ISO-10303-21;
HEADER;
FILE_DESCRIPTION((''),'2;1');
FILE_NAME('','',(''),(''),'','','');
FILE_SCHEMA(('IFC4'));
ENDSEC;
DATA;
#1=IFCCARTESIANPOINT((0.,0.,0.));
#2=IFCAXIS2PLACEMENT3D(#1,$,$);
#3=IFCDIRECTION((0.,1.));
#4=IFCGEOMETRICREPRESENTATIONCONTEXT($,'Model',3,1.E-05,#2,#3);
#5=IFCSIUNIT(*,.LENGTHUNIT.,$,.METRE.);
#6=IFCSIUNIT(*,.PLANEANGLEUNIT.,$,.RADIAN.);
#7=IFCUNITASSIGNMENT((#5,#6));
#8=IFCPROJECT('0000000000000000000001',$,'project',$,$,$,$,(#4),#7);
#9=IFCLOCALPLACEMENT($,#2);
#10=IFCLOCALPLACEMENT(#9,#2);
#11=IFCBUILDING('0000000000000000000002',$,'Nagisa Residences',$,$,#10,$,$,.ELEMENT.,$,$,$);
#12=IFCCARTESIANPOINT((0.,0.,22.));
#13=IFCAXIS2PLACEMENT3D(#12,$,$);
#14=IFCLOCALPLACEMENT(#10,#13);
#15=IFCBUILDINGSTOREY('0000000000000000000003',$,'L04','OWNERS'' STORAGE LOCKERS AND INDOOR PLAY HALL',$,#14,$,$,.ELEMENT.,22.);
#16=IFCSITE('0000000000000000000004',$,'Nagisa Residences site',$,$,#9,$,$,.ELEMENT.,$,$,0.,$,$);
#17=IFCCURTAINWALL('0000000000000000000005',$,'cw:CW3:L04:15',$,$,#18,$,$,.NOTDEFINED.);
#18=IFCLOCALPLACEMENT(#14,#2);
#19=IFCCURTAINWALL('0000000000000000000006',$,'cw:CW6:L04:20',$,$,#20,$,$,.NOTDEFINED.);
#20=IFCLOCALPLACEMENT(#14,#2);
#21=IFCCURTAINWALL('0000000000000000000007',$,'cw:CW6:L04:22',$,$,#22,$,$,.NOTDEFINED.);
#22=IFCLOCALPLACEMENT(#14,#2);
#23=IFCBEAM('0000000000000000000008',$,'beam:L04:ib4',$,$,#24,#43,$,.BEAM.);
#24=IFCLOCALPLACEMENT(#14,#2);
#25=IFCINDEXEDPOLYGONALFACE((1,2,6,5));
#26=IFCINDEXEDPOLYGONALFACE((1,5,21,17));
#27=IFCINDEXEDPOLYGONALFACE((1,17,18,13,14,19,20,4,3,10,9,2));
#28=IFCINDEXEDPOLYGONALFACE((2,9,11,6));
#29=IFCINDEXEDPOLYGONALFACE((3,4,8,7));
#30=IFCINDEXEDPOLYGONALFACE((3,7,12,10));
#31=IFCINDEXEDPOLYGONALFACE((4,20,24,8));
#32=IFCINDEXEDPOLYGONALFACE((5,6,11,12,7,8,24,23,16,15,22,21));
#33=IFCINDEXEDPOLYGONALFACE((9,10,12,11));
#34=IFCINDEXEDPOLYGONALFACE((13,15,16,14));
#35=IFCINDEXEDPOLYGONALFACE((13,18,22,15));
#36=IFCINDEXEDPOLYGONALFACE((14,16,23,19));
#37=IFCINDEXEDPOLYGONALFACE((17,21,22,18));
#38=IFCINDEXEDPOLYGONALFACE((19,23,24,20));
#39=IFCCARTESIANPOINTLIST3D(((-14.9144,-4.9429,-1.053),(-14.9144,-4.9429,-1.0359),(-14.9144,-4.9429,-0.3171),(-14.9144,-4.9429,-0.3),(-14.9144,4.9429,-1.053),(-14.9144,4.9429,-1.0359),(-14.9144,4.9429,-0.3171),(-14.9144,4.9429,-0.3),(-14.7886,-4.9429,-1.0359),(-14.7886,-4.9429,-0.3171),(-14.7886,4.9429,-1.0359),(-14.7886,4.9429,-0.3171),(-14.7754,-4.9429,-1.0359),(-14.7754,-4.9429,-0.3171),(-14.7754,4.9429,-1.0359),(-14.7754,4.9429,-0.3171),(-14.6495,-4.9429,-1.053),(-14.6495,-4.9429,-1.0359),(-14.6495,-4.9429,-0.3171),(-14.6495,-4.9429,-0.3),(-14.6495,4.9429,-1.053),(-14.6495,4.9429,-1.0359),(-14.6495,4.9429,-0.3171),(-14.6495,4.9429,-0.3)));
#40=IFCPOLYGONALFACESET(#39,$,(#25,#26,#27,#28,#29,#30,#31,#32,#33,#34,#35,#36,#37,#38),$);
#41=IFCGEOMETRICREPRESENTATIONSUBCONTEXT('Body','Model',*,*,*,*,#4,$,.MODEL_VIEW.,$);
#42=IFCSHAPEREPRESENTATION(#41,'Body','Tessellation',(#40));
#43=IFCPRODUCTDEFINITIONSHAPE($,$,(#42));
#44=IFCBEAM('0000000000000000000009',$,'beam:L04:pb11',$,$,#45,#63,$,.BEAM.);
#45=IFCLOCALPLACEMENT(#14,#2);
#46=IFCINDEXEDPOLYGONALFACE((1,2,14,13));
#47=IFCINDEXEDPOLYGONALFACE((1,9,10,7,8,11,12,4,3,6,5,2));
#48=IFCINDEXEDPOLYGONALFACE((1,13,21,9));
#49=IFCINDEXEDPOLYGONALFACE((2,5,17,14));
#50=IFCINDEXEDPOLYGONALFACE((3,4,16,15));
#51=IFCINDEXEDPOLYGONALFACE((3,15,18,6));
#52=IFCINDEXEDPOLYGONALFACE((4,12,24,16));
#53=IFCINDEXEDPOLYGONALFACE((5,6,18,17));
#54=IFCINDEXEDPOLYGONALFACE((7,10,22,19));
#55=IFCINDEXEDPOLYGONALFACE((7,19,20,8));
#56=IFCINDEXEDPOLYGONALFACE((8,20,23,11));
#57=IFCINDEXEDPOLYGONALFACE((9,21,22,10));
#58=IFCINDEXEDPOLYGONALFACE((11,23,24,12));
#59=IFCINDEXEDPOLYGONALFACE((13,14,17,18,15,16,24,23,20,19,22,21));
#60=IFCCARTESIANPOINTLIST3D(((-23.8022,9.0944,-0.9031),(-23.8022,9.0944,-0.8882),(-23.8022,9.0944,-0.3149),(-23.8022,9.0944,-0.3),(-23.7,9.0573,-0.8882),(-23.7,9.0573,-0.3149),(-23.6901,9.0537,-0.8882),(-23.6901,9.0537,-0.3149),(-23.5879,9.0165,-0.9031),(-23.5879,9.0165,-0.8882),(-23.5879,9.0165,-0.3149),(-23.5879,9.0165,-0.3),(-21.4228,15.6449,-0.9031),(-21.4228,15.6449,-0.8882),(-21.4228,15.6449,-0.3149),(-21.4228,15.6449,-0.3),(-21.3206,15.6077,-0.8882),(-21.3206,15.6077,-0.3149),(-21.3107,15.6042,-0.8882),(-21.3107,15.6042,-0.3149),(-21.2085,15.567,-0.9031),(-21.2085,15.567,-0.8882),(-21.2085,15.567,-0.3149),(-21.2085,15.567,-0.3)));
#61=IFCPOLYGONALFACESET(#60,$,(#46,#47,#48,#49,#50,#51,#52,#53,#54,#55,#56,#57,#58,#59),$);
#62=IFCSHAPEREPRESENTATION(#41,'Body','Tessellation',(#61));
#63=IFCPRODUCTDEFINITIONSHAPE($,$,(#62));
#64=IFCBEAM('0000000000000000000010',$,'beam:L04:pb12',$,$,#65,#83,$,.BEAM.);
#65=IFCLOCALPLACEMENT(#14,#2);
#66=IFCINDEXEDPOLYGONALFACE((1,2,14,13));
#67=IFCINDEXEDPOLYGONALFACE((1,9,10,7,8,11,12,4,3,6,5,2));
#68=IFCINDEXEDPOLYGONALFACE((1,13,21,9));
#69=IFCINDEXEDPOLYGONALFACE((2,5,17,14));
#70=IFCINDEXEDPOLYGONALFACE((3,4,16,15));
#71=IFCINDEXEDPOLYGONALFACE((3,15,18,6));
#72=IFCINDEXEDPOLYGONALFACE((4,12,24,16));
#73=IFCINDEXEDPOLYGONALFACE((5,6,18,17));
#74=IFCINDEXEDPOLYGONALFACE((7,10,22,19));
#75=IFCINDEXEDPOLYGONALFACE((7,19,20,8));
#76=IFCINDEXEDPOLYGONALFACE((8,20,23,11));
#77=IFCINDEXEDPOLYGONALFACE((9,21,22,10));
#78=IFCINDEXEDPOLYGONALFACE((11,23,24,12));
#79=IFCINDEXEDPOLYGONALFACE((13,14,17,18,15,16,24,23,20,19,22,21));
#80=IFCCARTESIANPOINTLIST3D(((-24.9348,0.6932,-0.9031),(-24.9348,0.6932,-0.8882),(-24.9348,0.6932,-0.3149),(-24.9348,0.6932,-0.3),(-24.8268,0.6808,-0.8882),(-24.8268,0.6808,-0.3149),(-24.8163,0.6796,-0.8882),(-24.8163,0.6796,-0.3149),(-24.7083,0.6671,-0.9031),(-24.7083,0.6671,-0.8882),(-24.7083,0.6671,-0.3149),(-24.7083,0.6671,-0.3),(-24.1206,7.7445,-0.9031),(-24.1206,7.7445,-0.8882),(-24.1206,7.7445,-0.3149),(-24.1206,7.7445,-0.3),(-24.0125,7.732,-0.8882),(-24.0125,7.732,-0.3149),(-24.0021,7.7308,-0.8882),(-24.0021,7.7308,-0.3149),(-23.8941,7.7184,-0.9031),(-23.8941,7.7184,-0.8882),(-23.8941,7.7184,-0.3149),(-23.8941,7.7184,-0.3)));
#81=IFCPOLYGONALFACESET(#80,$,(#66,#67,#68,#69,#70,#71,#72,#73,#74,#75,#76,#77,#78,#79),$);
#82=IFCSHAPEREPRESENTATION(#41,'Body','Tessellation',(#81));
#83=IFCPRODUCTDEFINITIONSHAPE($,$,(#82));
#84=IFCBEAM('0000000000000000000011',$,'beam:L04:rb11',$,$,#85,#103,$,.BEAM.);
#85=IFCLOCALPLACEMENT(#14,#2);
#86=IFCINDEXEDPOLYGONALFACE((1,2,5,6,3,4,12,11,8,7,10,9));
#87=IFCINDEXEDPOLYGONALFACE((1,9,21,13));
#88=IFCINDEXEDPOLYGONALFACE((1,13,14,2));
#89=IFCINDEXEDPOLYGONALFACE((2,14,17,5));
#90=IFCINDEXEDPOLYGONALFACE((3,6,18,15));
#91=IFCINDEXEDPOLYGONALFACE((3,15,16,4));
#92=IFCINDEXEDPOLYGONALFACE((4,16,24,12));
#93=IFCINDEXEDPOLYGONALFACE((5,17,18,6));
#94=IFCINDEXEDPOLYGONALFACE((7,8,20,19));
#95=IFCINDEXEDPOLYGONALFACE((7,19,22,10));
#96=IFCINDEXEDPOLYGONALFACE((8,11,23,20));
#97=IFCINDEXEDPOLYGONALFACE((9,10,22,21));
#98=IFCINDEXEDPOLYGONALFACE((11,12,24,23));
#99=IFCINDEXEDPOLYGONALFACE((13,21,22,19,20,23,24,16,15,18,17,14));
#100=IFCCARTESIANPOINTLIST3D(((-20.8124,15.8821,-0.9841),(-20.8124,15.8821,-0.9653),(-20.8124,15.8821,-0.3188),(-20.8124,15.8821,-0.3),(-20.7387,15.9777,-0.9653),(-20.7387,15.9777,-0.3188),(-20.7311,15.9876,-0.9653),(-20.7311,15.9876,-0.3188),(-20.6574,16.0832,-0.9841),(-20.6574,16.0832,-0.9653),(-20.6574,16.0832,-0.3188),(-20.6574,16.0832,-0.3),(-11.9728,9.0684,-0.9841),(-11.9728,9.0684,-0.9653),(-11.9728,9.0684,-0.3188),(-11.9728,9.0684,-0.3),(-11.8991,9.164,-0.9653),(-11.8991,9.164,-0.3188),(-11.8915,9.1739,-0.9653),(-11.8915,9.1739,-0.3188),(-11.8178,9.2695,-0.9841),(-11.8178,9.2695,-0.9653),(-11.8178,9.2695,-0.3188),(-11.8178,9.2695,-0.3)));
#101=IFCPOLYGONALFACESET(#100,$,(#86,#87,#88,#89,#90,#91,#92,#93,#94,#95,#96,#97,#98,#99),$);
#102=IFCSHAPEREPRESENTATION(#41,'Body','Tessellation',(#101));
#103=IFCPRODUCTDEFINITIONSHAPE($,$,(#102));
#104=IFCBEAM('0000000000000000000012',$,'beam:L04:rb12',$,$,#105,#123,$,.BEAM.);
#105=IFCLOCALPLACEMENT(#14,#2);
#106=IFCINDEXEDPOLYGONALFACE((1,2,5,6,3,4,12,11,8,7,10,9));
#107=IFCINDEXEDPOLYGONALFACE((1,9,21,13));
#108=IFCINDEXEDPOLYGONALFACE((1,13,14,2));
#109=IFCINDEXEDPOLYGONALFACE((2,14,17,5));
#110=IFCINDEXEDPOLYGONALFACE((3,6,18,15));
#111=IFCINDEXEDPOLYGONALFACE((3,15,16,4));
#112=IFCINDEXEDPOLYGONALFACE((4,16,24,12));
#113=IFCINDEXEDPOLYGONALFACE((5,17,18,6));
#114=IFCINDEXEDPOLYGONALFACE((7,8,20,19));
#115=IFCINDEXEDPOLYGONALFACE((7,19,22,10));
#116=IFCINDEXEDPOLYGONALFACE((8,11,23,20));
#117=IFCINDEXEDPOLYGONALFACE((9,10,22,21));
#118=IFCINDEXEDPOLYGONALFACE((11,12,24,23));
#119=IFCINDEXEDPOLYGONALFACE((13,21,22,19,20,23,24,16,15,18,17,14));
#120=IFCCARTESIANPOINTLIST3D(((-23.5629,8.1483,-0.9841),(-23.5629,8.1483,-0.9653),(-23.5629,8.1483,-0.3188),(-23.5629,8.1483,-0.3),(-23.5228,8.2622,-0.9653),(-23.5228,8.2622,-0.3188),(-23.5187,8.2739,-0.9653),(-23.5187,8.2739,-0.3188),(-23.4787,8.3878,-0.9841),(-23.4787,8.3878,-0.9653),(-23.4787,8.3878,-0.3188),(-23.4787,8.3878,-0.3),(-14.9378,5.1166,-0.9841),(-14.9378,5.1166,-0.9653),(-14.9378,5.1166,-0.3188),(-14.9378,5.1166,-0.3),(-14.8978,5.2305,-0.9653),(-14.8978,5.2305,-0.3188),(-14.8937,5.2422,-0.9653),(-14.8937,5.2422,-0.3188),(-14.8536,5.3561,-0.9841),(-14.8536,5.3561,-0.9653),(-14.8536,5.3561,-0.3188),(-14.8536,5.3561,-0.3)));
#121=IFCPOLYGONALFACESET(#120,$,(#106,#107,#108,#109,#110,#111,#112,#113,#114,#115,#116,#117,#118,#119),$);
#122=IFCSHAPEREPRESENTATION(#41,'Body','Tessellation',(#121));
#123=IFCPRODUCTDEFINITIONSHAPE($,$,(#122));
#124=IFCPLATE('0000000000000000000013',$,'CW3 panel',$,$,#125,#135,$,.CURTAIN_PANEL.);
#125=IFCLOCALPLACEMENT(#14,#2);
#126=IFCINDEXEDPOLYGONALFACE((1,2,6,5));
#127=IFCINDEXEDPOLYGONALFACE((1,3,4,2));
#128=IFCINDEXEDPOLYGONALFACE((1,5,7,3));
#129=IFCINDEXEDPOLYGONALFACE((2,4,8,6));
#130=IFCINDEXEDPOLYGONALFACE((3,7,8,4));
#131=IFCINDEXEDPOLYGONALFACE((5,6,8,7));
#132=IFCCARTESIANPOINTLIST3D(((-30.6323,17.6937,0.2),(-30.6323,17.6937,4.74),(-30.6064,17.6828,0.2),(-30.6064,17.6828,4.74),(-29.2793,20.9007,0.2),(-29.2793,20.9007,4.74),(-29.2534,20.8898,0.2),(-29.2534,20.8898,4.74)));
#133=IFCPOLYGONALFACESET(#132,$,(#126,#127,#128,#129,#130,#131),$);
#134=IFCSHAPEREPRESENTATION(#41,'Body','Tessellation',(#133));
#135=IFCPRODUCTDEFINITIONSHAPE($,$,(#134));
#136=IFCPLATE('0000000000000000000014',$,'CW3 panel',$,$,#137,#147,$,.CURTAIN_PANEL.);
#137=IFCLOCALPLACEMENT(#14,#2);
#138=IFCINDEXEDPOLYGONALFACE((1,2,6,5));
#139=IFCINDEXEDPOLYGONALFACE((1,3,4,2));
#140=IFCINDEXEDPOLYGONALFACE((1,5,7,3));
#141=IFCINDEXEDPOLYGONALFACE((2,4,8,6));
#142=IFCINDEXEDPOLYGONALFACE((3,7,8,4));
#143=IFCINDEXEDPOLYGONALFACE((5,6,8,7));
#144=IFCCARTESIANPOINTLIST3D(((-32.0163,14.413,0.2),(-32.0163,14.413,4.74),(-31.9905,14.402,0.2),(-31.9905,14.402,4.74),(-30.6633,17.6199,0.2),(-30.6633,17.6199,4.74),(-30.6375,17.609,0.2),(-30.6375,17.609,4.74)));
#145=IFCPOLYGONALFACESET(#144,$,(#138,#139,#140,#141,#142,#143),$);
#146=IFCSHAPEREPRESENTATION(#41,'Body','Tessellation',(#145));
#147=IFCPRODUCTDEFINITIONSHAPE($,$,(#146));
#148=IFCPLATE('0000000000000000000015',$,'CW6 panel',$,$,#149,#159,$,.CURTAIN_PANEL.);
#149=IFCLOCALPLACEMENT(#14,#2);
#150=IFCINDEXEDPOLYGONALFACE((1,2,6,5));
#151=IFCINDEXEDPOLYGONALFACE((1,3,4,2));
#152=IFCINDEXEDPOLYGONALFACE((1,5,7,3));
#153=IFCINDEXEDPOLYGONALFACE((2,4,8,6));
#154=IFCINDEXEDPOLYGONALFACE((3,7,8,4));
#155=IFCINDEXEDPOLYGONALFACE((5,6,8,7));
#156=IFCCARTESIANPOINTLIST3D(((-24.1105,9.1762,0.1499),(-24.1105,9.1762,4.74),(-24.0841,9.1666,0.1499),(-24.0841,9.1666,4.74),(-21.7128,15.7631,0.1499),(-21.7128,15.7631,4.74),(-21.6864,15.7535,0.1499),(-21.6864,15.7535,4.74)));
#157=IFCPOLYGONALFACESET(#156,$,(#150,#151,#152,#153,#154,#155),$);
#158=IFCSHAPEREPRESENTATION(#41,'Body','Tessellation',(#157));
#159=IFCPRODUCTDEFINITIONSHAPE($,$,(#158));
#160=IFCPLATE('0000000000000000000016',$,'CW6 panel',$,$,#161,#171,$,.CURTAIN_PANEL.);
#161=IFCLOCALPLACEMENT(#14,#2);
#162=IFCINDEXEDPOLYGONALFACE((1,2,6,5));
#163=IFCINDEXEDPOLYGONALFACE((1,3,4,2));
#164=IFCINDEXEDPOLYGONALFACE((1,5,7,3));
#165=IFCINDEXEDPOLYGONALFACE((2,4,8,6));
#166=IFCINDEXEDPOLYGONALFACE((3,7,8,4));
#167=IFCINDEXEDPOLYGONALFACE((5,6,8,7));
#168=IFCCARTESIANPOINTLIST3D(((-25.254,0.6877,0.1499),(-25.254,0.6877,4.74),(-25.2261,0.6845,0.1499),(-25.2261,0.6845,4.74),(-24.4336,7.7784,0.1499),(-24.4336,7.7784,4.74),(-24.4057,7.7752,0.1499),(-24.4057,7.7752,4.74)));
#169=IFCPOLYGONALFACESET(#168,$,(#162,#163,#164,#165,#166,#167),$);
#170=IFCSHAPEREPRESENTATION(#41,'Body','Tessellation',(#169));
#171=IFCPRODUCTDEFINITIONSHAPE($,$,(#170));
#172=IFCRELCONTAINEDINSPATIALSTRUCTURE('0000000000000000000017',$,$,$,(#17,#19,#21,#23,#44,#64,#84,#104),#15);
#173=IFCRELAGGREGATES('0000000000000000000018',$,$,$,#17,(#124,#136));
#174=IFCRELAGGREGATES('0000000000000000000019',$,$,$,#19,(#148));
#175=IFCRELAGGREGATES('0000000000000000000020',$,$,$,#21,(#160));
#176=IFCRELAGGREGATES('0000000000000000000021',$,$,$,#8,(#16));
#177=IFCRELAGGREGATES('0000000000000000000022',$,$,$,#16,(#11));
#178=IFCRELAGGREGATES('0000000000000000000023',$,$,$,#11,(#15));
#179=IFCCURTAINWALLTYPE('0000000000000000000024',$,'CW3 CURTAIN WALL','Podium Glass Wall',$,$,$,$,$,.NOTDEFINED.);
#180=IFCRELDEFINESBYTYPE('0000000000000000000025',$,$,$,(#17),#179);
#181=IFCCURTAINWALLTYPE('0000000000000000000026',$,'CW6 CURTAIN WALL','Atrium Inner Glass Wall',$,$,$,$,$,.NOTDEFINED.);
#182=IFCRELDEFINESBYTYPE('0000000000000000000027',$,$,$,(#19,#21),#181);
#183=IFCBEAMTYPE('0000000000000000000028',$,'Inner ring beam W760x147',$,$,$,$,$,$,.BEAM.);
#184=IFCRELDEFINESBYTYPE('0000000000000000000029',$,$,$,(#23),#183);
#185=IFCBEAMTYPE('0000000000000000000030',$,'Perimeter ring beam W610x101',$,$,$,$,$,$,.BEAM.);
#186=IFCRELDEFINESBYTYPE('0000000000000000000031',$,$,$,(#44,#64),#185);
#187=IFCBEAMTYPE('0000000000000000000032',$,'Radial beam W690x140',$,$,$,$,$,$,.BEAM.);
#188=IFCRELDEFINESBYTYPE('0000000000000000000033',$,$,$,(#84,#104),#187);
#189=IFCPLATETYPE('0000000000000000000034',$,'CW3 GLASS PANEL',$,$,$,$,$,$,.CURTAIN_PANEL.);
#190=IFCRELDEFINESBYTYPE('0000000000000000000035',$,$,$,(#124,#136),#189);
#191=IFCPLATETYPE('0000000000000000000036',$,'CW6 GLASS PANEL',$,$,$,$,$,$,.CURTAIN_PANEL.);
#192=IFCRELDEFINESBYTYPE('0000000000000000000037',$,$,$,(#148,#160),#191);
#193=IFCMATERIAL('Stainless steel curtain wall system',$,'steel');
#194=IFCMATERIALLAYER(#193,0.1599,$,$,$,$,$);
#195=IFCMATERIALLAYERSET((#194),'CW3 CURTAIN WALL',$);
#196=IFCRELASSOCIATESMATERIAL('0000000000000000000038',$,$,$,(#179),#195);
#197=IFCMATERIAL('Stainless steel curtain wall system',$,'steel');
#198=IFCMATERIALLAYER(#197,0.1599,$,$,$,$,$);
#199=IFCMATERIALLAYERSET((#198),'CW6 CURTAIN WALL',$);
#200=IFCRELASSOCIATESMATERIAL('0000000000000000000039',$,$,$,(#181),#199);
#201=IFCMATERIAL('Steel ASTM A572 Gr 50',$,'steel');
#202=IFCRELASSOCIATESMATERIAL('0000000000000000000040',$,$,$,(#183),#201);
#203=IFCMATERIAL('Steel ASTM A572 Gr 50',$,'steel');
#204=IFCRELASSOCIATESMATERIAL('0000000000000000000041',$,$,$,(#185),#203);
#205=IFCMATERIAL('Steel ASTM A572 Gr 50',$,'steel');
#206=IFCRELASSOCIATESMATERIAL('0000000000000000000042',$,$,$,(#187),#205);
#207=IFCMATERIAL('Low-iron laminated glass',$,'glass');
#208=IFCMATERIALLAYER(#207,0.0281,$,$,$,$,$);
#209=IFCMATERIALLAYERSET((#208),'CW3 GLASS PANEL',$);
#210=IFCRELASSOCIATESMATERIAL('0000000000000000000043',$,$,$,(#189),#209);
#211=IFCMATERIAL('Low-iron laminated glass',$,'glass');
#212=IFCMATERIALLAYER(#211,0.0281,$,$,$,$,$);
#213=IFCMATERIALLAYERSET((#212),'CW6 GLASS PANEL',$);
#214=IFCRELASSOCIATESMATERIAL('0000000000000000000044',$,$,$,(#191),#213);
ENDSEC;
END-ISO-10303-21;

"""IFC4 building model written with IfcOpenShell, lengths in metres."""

from ifc_helpers import new_model, si_unit, direction, frame, origin, origin_2d, place, context, subcontext, project, spatial, rectangle, i_section, extrude, material, layer, layer_set, material_profile, profile_set, type_object, element, aggregate, save


model = new_model("IFC4")

# Units and contexts
model_context = context("Model", 3, precision=1e-05, world=origin(), true_north=direction((0.0, 1.0)))
body_context = subcontext(model_context, "Body", "Model", "MODEL_VIEW")
ifc_project = project(units=[si_unit("LENGTHUNIT", "METRE"), si_unit("PLANEANGLEUNIT", "RADIAN")], contexts=[model_context])

# Site, building, storey
site_placement = place(None, origin())
site = spatial("IfcSite", under=ifc_project, at=site_placement, Name="Nagisa Residences site", CompositionType="ELEMENT", RefElevation=0.0)
building_placement = place(site_placement, origin())
building = spatial("IfcBuilding", under=site, at=building_placement, Name="Nagisa Residences", CompositionType="ELEMENT")
storey_placement = place(building_placement, frame((0.0, 0.0, 22.0)))
storey = spatial("IfcBuildingStorey", under=building, at=storey_placement, Name="L04", Description="OWNERS' STORAGE LOCKERS AND INDOOR PLAY HALL", CompositionType="ELEMENT", Elevation=22.0)

# Curtain walls
ifc_material_1 = material(Name="Stainless steel curtain wall system", Category="steel")
ifc_layer_1 = layer(ifc_material_1, 0.1599)
ifc_layer_set_1 = layer_set([ifc_layer_1], Name="CW3 CURTAIN WALL")
curtain_wall_type_1 = type_object("IfcCurtainWallType", Name="CW3 CURTAIN WALL", Description="Podium Glass Wall", PredefinedType="NOTDEFINED", material=ifc_layer_set_1)
curtain_wall_1_placement = place(storey_placement, origin())
curtain_wall_1 = element("IfcCurtainWall", 1, at=curtain_wall_1_placement, inside=storey, type_object=curtain_wall_type_1, Name="cw:CW3:L04:15", PredefinedType="NOTDEFINED")
ifc_material_2 = material(Name="Stainless steel curtain wall system", Category="steel")
ifc_layer_2 = layer(ifc_material_2, 0.1599)
ifc_layer_set_2 = layer_set([ifc_layer_2], Name="CW6 CURTAIN WALL")
curtain_wall_type_2 = type_object("IfcCurtainWallType", Name="CW6 CURTAIN WALL", Description="Atrium Inner Glass Wall", PredefinedType="NOTDEFINED", material=ifc_layer_set_2)
curtain_wall_2_placement = place(storey_placement, origin())
curtain_wall_2 = element("IfcCurtainWall", 2, at=curtain_wall_2_placement, inside=storey, type_object=curtain_wall_type_2, Name="cw:CW6:L04:20", PredefinedType="NOTDEFINED")
curtain_wall_3_placement = place(storey_placement, origin())
curtain_wall_3 = element("IfcCurtainWall", 3, at=curtain_wall_3_placement, inside=storey, type_object=curtain_wall_type_2, Name="cw:CW6:L04:22", PredefinedType="NOTDEFINED")

# Beams
ifc_material_3 = material(Name="Steel ASTM A572 Gr 50", Category="steel")
ifc_material_profile_1 = material_profile(ifc_material_3, i_section(OverallWidth=0.2649, OverallDepth=0.7529, WebThickness=0.0132, FlangeThickness=0.0171, at=origin_2d()), Name="W760x147")
ifc_profile_set_1 = profile_set([ifc_material_profile_1], Name="Steel ASTM A572 Gr 50")
beam_type_1 = type_object("IfcBeamType", Name="Inner ring beam W760x147", PredefinedType="BEAM", material=ifc_profile_set_1)
beam_1_placement = place(storey_placement, frame((-14.782, 4.9429, -0.6765), z_axis=(0.0, -1.0, 0.0), x_axis=(1.0, 0.0, 0.0)))
element("IfcBeam", 4, at=beam_1_placement, inside=storey, type_object=beam_type_1, Name="beam:L04:ib4", PredefinedType="BEAM", context=body_context, shape_type="SweptSolid", body=[
    extrude(i_section(OverallWidth=0.2649, OverallDepth=0.7529, WebThickness=0.0132, FlangeThickness=0.0171, at=origin_2d()), origin(), (0.0, 0.0, 1.0), 9.8857),
])
ifc_material_4 = material(Name="Steel ASTM A572 Gr 50", Category="steel")
ifc_material_profile_2 = material_profile(ifc_material_4, i_section(OverallWidth=0.228, OverallDepth=0.603, WebThickness=0.0105, FlangeThickness=0.0149, at=origin_2d()), Name="W610x101")
ifc_profile_set_2 = profile_set([ifc_material_profile_2], Name="Steel ASTM A572 Gr 50")
beam_type_2 = type_object("IfcBeamType", Name="Perimeter ring beam W610x101", PredefinedType="BEAM", material=ifc_profile_set_2)
beam_2_placement = place(storey_placement, frame((-21.3157, 15.606, -0.6016), z_axis=(-0.341411, -0.939914, 0.0), x_axis=(0.939914, -0.341411, 0.0)))
element("IfcBeam", 5, at=beam_2_placement, inside=storey, type_object=beam_type_2, Name="beam:L04:pb11", PredefinedType="BEAM", context=body_context, shape_type="SweptSolid", body=[
    extrude(i_section(OverallWidth=0.228, OverallDepth=0.603, WebThickness=0.0105, FlangeThickness=0.0149, at=origin_2d()), origin(), (0.0, 0.0, 1.0), 6.9692),
])
beam_3_placement = place(storey_placement, frame((-24.0073, 7.7314, -0.6016), z_axis=(-0.114708, -0.993399, 0.0), x_axis=(0.993399, -0.114708, 0.0)))
element("IfcBeam", 6, at=beam_3_placement, inside=storey, type_object=beam_type_2, Name="beam:L04:pb12", PredefinedType="BEAM", context=body_context, shape_type="SweptSolid", body=[
    extrude(i_section(OverallWidth=0.228, OverallDepth=0.603, WebThickness=0.0105, FlangeThickness=0.0149, at=origin_2d()), origin(), (0.0, 0.0, 1.0), 7.0981),
])
ifc_material_5 = material(Name="Steel ASTM A572 Gr 50", Category="steel")
ifc_material_profile_3 = material_profile(ifc_material_5, i_section(OverallWidth=0.2539, OverallDepth=0.6841, WebThickness=0.0125, FlangeThickness=0.0188, at=origin_2d()), Name="W690x140")
ifc_profile_set_3 = profile_set([ifc_material_profile_3], Name="Steel ASTM A572 Gr 50")
beam_type_3 = type_object("IfcBeamType", Name="Radial beam W690x140", PredefinedType="BEAM", material=ifc_profile_set_3)
beam_4_placement = place(storey_placement, frame((-20.7349, 15.9827, -0.6421), z_axis=(0.792016, -0.6105, 0.0), x_axis=(0.6105, 0.792016, 0.0)))
element("IfcBeam", 7, at=beam_4_placement, inside=storey, type_object=beam_type_3, Name="beam:L04:rb11", PredefinedType="BEAM", context=body_context, shape_type="SweptSolid", body=[
    extrude(i_section(OverallWidth=0.2539, OverallDepth=0.6841, WebThickness=0.0125, FlangeThickness=0.0188, at=origin_2d()), origin(), (0.0, 0.0, 1.0), 11.1609),
])
beam_5_placement = place(storey_placement, frame((-23.5208, 8.2681, -0.6421), z_axis=(0.943415, -0.331616, 0.0), x_axis=(0.331616, 0.943415, 0.0)))
element("IfcBeam", 8, at=beam_5_placement, inside=storey, type_object=beam_type_3, Name="beam:L04:rb12", PredefinedType="BEAM", context=body_context, shape_type="SweptSolid", body=[
    extrude(i_section(OverallWidth=0.2539, OverallDepth=0.6841, WebThickness=0.0125, FlangeThickness=0.0188, at=origin_2d()), origin(), (0.0, 0.0, 1.0), 9.1423),
])

# Plates
ifc_material_6 = material(Name="Low-iron laminated glass", Category="glass")
ifc_layer_3 = layer(ifc_material_6, 0.0281)
ifc_layer_set_3 = layer_set([ifc_layer_3], Name="CW3 GLASS PANEL")
plate_type_1 = type_object("IfcPlateType", Name="CW3 GLASS PANEL", PredefinedType="CURTAIN_PANEL", material=ifc_layer_set_3)
plate_1_placement = place(storey_placement, frame((-29.9429, 19.2917, 0.2), z_axis=(0.0, 0.0, 1.0), x_axis=(-0.388718, -0.921357, 0.0)))
plate_1 = element("IfcPlate", 9, at=plate_1_placement, type_object=plate_type_1, Name="CW3 panel", PredefinedType="CURTAIN_PANEL", context=body_context, shape_type="SweptSolid", body=[
    extrude(rectangle(XDim=3.4807, YDim=0.0281, at=origin_2d()), origin(), (0.0, 0.0, 1.0), 4.54),
])
plate_2_placement = place(storey_placement, frame((-31.3269, 16.011, 0.2), z_axis=(0.0, 0.0, 1.0), x_axis=(-0.388718, -0.921357, 0.0)))
plate_2 = element("IfcPlate", 10, at=plate_2_placement, type_object=plate_type_1, Name="CW3 panel", PredefinedType="CURTAIN_PANEL", context=body_context, shape_type="SweptSolid", body=[
    extrude(rectangle(XDim=3.4807, YDim=0.0281, at=origin_2d()), origin(), (0.0, 0.0, 1.0), 4.54),
])
aggregate(curtain_wall_1, [plate_1, plate_2])
ifc_material_7 = material(Name="Low-iron laminated glass", Category="glass")
ifc_layer_4 = layer(ifc_material_7, 0.0281)
ifc_layer_set_4 = layer_set([ifc_layer_4], Name="CW6 GLASS PANEL")
plate_type_2 = type_object("IfcPlateType", Name="CW6 GLASS PANEL", PredefinedType="CURTAIN_PANEL", material=ifc_layer_set_4)
plate_3_placement = place(storey_placement, frame((-22.8984, 12.4648, 0.1499), z_axis=(0.0, 0.0, 1.0), x_axis=(-0.34205, -0.939682, 0.0)))
plate_3 = element("IfcPlate", 11, at=plate_3_placement, type_object=plate_type_2, Name="CW6 panel", PredefinedType="CURTAIN_PANEL", context=body_context, shape_type="SweptSolid", body=[
    extrude(rectangle(XDim=7.0098, YDim=0.0281, at=origin_2d()), origin(), (0.0, 0.0, 1.0), 4.5901),
])
aggregate(curtain_wall_2, [plate_3])
plate_4_placement = place(storey_placement, frame((-24.8298, 4.2314, 0.1499), z_axis=(0.0, 0.0, 1.0), x_axis=(-0.114928, -0.993374, 0.0)))
plate_4 = element("IfcPlate", 12, at=plate_4_placement, type_object=plate_type_2, Name="CW6 panel", PredefinedType="CURTAIN_PANEL", context=body_context, shape_type="SweptSolid", body=[
    extrude(rectangle(XDim=7.1379, YDim=0.0281, at=origin_2d()), origin(), (0.0, 0.0, 1.0), 4.5901),
])
aggregate(curtain_wall_3, [plate_4])

save(model, "model.ifc")
